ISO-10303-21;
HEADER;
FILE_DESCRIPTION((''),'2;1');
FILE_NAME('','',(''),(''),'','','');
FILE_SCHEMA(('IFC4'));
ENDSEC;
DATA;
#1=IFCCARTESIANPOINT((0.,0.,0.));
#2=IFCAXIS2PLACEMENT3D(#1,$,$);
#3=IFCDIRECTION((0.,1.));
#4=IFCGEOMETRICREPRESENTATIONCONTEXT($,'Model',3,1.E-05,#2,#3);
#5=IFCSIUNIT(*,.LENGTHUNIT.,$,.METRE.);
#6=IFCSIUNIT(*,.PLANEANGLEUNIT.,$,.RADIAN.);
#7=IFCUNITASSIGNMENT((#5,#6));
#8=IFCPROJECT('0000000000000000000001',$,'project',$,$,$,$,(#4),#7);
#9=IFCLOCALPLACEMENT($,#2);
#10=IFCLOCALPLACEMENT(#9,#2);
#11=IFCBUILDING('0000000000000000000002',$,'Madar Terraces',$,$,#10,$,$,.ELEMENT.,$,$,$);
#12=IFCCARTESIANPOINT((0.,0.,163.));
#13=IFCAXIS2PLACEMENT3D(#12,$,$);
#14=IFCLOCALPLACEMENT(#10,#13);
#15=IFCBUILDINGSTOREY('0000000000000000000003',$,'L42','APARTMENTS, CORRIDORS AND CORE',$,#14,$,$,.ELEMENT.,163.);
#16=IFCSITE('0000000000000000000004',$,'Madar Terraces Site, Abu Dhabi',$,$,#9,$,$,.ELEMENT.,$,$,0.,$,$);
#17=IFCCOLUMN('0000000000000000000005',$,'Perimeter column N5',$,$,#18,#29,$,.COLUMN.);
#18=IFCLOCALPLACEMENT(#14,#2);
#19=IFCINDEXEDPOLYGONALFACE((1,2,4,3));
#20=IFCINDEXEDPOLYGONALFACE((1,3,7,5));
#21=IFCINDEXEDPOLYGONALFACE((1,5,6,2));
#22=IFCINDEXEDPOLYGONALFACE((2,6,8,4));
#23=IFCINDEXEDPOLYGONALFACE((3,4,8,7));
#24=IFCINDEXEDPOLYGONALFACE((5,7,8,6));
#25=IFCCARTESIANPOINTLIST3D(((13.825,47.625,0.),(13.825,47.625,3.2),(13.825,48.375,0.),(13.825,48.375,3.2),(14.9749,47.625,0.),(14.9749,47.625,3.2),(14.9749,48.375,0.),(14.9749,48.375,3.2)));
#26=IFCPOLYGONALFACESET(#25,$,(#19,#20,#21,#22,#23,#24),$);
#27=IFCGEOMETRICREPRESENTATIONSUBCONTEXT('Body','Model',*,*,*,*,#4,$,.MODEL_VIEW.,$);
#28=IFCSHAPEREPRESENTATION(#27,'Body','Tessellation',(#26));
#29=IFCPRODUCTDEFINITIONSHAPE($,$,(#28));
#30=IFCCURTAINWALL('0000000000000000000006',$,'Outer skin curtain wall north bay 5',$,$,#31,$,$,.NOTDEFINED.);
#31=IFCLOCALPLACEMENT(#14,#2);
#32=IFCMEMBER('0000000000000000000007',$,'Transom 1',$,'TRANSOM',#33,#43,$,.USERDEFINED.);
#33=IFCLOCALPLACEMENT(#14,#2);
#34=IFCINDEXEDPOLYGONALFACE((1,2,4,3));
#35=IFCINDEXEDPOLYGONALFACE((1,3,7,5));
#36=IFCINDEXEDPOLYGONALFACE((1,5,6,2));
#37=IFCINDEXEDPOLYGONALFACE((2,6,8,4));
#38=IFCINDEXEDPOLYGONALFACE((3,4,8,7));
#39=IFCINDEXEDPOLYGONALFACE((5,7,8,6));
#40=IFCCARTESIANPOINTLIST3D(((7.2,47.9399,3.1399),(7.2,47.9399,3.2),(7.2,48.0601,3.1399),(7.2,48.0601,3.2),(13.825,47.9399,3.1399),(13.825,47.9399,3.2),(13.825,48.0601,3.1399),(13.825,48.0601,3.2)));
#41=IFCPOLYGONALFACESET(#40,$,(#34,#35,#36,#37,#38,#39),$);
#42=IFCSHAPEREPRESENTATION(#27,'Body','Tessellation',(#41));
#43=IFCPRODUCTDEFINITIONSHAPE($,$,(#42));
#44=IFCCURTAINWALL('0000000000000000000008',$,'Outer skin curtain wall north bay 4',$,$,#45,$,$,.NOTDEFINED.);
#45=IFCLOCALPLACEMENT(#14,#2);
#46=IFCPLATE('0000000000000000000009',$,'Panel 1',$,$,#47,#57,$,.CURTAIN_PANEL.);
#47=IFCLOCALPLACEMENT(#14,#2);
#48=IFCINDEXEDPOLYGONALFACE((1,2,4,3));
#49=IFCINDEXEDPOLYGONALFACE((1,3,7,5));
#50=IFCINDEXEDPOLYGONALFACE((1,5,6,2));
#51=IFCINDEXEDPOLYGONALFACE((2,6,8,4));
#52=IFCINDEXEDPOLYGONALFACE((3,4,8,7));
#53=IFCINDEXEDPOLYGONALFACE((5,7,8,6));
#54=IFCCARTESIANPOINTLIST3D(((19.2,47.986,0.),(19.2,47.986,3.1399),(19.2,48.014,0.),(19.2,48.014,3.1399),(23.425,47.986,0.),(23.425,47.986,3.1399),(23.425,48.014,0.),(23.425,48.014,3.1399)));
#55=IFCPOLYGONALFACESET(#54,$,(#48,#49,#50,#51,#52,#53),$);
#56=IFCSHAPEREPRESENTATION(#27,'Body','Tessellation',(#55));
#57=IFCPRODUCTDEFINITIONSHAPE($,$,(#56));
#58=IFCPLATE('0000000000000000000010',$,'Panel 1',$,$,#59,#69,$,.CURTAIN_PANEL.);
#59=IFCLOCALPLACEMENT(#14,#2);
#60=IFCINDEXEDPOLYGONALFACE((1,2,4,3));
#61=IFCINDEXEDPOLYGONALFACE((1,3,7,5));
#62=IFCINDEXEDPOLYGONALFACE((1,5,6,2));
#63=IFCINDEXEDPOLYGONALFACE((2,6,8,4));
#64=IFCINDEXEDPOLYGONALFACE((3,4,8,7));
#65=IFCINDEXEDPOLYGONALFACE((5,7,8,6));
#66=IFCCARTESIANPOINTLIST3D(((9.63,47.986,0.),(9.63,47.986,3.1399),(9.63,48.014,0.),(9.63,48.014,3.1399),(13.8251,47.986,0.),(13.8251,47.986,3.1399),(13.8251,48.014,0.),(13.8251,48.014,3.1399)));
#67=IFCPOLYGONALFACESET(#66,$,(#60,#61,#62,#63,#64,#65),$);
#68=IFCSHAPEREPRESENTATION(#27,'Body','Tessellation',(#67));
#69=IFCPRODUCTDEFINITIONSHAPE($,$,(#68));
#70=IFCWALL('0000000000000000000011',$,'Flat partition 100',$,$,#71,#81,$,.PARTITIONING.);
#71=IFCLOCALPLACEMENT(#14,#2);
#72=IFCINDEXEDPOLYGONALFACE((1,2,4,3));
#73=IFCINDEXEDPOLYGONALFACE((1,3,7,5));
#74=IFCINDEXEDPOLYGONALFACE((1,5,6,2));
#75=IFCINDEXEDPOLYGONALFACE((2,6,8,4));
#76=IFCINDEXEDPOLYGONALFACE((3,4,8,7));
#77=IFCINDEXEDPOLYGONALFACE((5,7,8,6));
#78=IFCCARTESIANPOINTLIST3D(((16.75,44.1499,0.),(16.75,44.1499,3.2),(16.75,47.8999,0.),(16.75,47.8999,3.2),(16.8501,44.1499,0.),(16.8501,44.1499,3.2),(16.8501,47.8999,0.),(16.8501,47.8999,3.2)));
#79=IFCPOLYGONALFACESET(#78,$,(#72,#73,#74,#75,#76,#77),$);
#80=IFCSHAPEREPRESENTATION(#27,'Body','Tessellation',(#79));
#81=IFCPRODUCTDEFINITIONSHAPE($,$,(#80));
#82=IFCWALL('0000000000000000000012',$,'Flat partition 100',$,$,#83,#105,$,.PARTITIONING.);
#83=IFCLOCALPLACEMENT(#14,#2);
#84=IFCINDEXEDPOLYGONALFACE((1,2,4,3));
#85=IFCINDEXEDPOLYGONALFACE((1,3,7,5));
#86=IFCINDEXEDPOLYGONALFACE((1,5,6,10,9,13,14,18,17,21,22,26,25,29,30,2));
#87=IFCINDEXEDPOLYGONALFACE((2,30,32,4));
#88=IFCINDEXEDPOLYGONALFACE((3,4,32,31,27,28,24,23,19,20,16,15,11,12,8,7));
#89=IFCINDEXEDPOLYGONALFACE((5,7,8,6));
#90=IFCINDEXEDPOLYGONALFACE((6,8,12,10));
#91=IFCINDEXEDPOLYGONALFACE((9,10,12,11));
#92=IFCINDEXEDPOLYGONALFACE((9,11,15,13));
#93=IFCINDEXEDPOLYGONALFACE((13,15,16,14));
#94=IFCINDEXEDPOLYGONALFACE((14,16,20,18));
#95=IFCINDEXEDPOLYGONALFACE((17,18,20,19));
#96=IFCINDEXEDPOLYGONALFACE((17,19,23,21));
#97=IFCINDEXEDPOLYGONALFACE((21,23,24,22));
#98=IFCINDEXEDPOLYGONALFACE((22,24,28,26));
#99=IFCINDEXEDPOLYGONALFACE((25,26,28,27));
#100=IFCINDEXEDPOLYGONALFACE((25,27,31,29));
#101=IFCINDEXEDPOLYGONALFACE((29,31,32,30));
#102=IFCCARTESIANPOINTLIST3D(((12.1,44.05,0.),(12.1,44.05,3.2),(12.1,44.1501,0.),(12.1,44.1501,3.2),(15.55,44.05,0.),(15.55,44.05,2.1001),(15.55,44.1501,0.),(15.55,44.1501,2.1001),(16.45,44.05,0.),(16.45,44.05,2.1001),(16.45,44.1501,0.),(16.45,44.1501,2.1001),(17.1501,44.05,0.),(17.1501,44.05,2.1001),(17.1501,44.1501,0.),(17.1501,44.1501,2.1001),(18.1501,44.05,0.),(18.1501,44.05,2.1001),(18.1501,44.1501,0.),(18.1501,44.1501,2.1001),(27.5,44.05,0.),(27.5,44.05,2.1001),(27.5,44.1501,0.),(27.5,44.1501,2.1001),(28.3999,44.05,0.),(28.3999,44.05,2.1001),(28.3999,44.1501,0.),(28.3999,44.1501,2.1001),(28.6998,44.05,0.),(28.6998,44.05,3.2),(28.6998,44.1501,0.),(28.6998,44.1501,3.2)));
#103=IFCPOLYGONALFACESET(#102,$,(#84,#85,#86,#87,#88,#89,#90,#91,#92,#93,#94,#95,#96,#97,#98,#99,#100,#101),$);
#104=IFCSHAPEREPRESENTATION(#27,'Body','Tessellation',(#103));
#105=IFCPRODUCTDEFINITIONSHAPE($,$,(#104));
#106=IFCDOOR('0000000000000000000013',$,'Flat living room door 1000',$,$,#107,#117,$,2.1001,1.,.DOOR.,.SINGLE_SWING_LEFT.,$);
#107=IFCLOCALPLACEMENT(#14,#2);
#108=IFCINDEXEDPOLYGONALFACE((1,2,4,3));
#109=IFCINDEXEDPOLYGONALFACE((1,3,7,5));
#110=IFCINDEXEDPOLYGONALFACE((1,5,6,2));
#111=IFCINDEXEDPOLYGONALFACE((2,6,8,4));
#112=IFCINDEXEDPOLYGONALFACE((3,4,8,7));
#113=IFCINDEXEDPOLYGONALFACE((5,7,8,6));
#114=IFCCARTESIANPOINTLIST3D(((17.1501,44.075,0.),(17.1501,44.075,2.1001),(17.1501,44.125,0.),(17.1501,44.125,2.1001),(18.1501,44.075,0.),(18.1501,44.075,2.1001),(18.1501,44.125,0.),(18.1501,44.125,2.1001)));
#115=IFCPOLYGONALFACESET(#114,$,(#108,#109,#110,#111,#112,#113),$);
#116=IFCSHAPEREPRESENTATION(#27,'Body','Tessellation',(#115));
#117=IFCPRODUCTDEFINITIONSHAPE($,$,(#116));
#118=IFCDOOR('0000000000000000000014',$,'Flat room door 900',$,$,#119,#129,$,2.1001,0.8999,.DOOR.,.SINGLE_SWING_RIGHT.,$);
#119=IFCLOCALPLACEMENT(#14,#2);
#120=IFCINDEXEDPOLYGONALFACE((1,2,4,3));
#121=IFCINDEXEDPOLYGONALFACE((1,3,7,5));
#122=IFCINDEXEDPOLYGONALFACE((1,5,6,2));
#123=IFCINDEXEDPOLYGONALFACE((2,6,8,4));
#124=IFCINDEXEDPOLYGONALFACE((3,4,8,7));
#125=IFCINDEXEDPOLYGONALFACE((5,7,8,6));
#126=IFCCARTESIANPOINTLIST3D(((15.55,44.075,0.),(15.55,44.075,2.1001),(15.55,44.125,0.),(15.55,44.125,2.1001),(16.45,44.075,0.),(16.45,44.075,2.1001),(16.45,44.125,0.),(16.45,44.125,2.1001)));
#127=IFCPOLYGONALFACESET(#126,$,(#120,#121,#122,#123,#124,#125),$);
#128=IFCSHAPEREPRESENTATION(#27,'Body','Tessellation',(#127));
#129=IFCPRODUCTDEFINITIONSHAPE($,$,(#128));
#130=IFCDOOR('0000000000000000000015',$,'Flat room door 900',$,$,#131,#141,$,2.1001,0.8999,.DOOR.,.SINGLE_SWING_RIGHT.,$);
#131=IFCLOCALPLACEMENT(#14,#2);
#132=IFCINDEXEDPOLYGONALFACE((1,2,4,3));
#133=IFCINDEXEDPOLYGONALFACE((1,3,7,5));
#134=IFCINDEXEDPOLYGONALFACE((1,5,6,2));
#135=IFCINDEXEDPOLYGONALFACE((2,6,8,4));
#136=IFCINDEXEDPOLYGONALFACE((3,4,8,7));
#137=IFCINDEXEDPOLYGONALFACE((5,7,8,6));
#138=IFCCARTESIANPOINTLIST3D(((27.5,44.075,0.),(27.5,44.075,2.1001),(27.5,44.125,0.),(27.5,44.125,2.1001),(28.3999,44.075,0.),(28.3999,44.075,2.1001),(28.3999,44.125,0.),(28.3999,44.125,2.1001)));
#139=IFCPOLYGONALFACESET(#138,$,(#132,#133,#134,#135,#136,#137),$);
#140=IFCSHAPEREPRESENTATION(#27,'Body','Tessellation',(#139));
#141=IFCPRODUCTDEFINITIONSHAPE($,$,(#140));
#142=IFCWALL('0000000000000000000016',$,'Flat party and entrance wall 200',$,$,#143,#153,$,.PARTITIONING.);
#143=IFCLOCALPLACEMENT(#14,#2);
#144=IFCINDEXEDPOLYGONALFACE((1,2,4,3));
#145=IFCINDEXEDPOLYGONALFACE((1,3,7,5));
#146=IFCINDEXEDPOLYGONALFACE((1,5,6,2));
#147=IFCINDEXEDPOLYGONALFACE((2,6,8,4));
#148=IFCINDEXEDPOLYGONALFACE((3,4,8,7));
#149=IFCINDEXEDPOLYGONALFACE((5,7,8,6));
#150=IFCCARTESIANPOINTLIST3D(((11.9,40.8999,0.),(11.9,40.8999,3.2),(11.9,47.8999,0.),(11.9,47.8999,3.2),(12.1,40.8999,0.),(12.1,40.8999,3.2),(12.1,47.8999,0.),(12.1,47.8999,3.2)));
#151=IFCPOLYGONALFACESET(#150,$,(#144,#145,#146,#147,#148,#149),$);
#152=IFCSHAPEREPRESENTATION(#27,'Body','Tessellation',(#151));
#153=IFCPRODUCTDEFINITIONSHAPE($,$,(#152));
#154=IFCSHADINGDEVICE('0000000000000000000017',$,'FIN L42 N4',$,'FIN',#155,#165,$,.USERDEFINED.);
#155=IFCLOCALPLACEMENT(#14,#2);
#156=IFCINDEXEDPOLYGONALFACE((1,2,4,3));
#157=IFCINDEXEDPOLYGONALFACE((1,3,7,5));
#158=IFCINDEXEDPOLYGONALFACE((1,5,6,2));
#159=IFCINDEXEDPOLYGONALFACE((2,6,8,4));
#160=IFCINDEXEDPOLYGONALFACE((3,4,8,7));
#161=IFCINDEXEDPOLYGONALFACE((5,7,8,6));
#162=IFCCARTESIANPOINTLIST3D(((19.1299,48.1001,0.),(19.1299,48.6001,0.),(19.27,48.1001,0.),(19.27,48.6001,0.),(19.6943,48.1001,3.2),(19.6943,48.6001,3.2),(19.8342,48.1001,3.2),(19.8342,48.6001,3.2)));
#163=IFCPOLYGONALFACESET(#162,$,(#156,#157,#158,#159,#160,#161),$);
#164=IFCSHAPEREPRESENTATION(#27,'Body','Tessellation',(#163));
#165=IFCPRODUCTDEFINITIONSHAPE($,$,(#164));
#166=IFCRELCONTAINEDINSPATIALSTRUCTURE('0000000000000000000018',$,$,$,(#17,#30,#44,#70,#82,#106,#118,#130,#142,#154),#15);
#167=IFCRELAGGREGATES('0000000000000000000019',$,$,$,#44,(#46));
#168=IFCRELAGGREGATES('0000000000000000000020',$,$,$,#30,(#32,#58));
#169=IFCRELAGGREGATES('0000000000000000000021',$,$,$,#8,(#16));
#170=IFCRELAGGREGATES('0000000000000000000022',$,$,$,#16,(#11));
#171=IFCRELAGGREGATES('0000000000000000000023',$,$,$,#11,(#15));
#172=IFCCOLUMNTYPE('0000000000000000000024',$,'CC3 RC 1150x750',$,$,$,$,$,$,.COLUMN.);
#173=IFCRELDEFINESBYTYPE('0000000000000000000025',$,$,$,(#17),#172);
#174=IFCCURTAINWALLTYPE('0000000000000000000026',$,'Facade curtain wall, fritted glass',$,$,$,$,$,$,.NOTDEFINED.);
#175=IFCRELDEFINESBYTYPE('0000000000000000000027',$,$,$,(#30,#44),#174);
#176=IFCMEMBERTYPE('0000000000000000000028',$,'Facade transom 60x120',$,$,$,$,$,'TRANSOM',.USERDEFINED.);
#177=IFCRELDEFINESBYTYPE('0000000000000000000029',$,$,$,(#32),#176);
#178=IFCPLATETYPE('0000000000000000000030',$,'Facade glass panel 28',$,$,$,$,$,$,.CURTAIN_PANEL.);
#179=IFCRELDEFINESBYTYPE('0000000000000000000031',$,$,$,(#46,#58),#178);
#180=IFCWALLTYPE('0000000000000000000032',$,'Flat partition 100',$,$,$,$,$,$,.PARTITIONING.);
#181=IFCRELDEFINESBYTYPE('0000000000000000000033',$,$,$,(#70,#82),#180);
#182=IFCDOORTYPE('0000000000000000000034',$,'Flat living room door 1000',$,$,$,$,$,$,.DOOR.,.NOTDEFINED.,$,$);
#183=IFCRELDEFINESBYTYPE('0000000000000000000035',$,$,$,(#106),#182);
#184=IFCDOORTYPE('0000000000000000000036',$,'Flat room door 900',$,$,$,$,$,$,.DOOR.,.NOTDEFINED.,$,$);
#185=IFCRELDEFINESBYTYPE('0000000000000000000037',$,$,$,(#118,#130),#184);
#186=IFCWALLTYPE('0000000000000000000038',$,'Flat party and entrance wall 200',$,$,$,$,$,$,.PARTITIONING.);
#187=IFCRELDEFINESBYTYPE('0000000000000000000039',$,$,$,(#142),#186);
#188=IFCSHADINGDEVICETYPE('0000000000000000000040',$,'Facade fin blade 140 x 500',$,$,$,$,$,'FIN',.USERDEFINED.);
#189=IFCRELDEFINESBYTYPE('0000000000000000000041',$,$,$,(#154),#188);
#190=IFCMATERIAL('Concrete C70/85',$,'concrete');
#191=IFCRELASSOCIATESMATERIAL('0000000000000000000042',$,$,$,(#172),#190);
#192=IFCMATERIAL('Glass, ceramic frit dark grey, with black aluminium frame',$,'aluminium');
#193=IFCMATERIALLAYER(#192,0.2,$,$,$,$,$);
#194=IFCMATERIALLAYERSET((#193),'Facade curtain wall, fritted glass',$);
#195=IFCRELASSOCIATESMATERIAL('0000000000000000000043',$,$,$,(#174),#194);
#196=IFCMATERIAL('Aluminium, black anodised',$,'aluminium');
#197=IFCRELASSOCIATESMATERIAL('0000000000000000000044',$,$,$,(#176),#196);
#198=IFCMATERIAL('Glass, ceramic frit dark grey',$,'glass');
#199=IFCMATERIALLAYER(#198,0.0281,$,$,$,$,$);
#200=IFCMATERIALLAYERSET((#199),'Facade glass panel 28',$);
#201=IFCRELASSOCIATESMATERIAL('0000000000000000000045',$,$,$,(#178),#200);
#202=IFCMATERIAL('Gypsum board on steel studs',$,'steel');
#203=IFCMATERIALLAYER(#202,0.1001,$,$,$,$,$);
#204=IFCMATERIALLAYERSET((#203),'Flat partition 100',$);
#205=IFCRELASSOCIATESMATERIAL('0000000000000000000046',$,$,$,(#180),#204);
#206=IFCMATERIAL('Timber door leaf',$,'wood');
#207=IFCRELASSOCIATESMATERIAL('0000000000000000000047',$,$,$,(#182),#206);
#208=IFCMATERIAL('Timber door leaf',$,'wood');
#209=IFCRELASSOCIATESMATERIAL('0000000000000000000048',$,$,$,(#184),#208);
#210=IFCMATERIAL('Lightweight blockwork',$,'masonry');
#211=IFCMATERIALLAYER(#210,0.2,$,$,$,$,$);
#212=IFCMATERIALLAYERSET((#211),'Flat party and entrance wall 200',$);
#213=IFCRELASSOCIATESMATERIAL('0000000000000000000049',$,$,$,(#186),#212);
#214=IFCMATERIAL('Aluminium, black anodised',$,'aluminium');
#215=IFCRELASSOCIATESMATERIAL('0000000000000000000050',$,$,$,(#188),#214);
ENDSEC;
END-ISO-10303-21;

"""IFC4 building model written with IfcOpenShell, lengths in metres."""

from ifc_helpers import new_model, si_unit, direction, frame, frame_2d, origin, origin_2d, place, context, subcontext, project, spatial, polyline, rectangle, outline, extrude, material, layer, layer_set, material_profile, profile_set, type_object, element, fill, aggregate, save


model = new_model("IFC4")

# Units and contexts
model_context = context("Model", 3, precision=1e-05, world=origin(), true_north=direction((0.0, 1.0)))
body_context = subcontext(model_context, "Body", "Model", "MODEL_VIEW")
ifc_project = project(units=[si_unit("LENGTHUNIT", "METRE"), si_unit("PLANEANGLEUNIT", "RADIAN")], contexts=[model_context])

# Site, building, storey
site_placement = place(None, origin())
site = spatial("IfcSite", under=ifc_project, at=site_placement, Name="Madar Terraces Site, Abu Dhabi", CompositionType="ELEMENT", RefElevation=0.0)
building_placement = place(site_placement, origin())
building = spatial("IfcBuilding", under=site, at=building_placement, Name="Madar Terraces", CompositionType="ELEMENT")
storey_placement = place(building_placement, frame((0.0, 0.0, 163.0)))
storey = spatial("IfcBuildingStorey", under=building, at=storey_placement, Name="L42", Description="APARTMENTS, CORRIDORS AND CORE", CompositionType="ELEMENT", Elevation=163.0)

# Column
ifc_material_1 = material(Name="Concrete C70/85", Category="concrete")
ifc_material_profile_1 = material_profile(ifc_material_1, rectangle(XDim=1.1499, YDim=0.75, at=origin_2d()), Name="CC3 RC 1150x750")
ifc_profile_set_1 = profile_set([ifc_material_profile_1], Name="Concrete C70/85")
column_type = type_object("IfcColumnType", Name="CC3 RC 1150x750", PredefinedType="COLUMN", material=ifc_profile_set_1)
column_placement = place(storey_placement, frame((14.3999, 48.0, 0.0), z_axis=(0.0, 0.0, 1.0), x_axis=(1.0, 0.0, 0.0)))
element("IfcColumn", 1, at=column_placement, inside=storey, type_object=column_type, Name="Perimeter column N5", PredefinedType="COLUMN", context=body_context, shape_type="SweptSolid", body=[
    extrude(rectangle(XDim=1.1499, YDim=0.75, at=origin_2d()), origin(), (0.0, 0.0, 1.0), 3.2),
])

# Curtain wall, member
ifc_material_2 = material(Name="Glass, ceramic frit dark grey, with black aluminium frame", Category="aluminium")
ifc_layer_1 = layer(ifc_material_2, 0.2)
ifc_layer_set_1 = layer_set([ifc_layer_1], Name="Facade curtain wall, fritted glass")
curtain_wall_type = type_object("IfcCurtainWallType", Name="Facade curtain wall, fritted glass", PredefinedType="NOTDEFINED", material=ifc_layer_set_1)
curtain_wall_1_placement = place(storey_placement, origin())
curtain_wall_1 = element("IfcCurtainWall", 2, at=curtain_wall_1_placement, inside=storey, type_object=curtain_wall_type, Name="Outer skin curtain wall north bay 5", PredefinedType="NOTDEFINED")
ifc_material_3 = material(Name="Aluminium, black anodised", Category="aluminium")
ifc_material_profile_2 = material_profile(ifc_material_3, rectangle(XDim=0.1201, YDim=0.0601, at=origin_2d()), Name="Facade transom 60x120")
ifc_profile_set_2 = profile_set([ifc_material_profile_2], Name="Aluminium, black anodised")
member_type = type_object("IfcMemberType", Name="Facade transom 60x120", ElementType="TRANSOM", PredefinedType="USERDEFINED", material=ifc_profile_set_2)
member_placement = place(storey_placement, frame((13.825, 48.0, 3.1699), z_axis=(-1.0, 0.0, 0.0), x_axis=(0.0, -1.0, 0.0)))
member = element("IfcMember", 3, at=member_placement, type_object=member_type, Name="Transom 1", ObjectType="TRANSOM", PredefinedType="USERDEFINED", context=body_context, shape_type="SweptSolid", body=[
    extrude(rectangle(XDim=0.1201, YDim=0.0601, at=origin_2d()), origin(), (0.0, 0.0, 1.0), 6.625),
])

# Curtain wall, plate
curtain_wall_2_placement = place(storey_placement, origin())
curtain_wall_2 = element("IfcCurtainWall", 4, at=curtain_wall_2_placement, inside=storey, type_object=curtain_wall_type, Name="Outer skin curtain wall north bay 4", PredefinedType="NOTDEFINED")
ifc_material_4 = material(Name="Glass, ceramic frit dark grey", Category="glass")
ifc_layer_2 = layer(ifc_material_4, 0.0281)
ifc_layer_set_2 = layer_set([ifc_layer_2], Name="Facade glass panel 28")
plate_type = type_object("IfcPlateType", Name="Facade glass panel 28", PredefinedType="CURTAIN_PANEL", material=ifc_layer_set_2)
plate_1_placement = place(storey_placement, frame((21.3125, 48.0, 0.0), z_axis=(0.0, 0.0, 1.0), x_axis=(-1.0, 0.0, 0.0)))
plate_1 = element("IfcPlate", 5, at=plate_1_placement, type_object=plate_type, Name="Panel 1", PredefinedType="CURTAIN_PANEL", context=body_context, shape_type="SweptSolid", body=[
    extrude(rectangle(XDim=4.2251, YDim=0.0281, at=origin_2d()), origin(), (0.0, 0.0, 1.0), 3.1399),
])
aggregate(curtain_wall_2, [plate_1])

# Plate
plate_2_placement = place(storey_placement, frame((11.7275, 48.0, 0.0), z_axis=(0.0, 0.0, 1.0), x_axis=(-1.0, 0.0, 0.0)))
plate_2 = element("IfcPlate", 6, at=plate_2_placement, type_object=plate_type, Name="Panel 1", PredefinedType="CURTAIN_PANEL", context=body_context, shape_type="SweptSolid", body=[
    extrude(rectangle(XDim=4.1951, YDim=0.0281, at=origin_2d()), origin(), (0.0, 0.0, 1.0), 3.1399),
])
aggregate(curtain_wall_1, [member, plate_2])

# Wall
ifc_material_5 = material(Name="Gypsum board on steel studs", Category="steel")
ifc_layer_3 = layer(ifc_material_5, 0.1001)
ifc_layer_set_3 = layer_set([ifc_layer_3], Name="Flat partition 100")
wall_type_1 = type_object("IfcWallType", Name="Flat partition 100", PredefinedType="PARTITIONING", material=ifc_layer_set_3)
wall_1_placement = place(storey_placement, frame((16.8, 44.1499, 0.0), z_axis=(0.0, 0.0, 1.0), x_axis=(0.0, 1.0, 0.0)))
element("IfcWall", 7, at=wall_1_placement, inside=storey, type_object=wall_type_1, Name="Flat partition 100", PredefinedType="PARTITIONING", context=body_context, shape_type="SweptSolid", body=[
    extrude(rectangle(XDim=3.75, YDim=0.1001, at=frame_2d((1.875, 0.0))), origin(), (0.0, 0.0, 1.0), 3.2),
])

# Wall, openings, doors
wall_2_placement = place(storey_placement, frame((12.1001, 44.1001, 0.0), z_axis=(0.0, 0.0, 1.0), x_axis=(1.0, 0.0, 0.0)))
wall_2 = element("IfcWall", 8, at=wall_2_placement, inside=storey, type_object=wall_type_1, Name="Flat partition 100", PredefinedType="PARTITIONING", context=body_context, shape_type="SweptSolid", body=[
    extrude(rectangle(XDim=16.5999, YDim=0.1001, at=frame_2d((8.2998, 0.0))), origin(), (0.0, 0.0, 1.0), 3.2),
])
opening_1_placement = place(wall_2_placement, frame((3.45, 0.0, 0.0)))
opening_1 = element("IfcOpeningElement", 9, at=opening_1_placement, cuts=wall_2, PredefinedType="OPENING", context=body_context, shape_type="SweptSolid", body=[
    extrude(rectangle(XDim=0.8999, YDim=2.1001, at=frame_2d((0.45, 1.05))), frame((0.0, 0.0601, 0.0), z_axis=(0.0, -1.0, 0.0), x_axis=(1.0, 0.0, 0.0)), (0.0, 0.0, 1.0), 0.1201),
])
opening_2_placement = place(wall_2_placement, frame((5.05, 0.0, 0.0)))
opening_2 = element("IfcOpeningElement", 10, at=opening_2_placement, cuts=wall_2, PredefinedType="OPENING", context=body_context, shape_type="SweptSolid", body=[
    extrude(rectangle(XDim=1.0, YDim=2.1001, at=frame_2d((0.5, 1.05))), frame((0.0, 0.0601, 0.0), z_axis=(0.0, -1.0, 0.0), x_axis=(1.0, 0.0, 0.0)), (0.0, 0.0, 1.0), 0.1201),
])
opening_3_placement = place(wall_2_placement, frame((15.3999, 0.0, 0.0)))
opening_3 = element("IfcOpeningElement", 11, at=opening_3_placement, cuts=wall_2, PredefinedType="OPENING", context=body_context, shape_type="SweptSolid", body=[
    extrude(rectangle(XDim=0.8999, YDim=2.1001, at=frame_2d((0.45, 1.05))), frame((0.0, 0.0601, 0.0), z_axis=(0.0, -1.0, 0.0), x_axis=(1.0, 0.0, 0.0)), (0.0, 0.0, 1.0), 0.1201),
])
ifc_material_6 = material(Name="Timber door leaf", Category="wood")
door_type_1 = type_object("IfcDoorType", Name="Flat living room door 1000", OperationType="NOTDEFINED", PredefinedType="DOOR", material=ifc_material_6)
door_1_placement = place(opening_2_placement, origin())
door_1 = element("IfcDoor", 12, at=door_1_placement, inside=storey, type_object=door_type_1, Name="Flat living room door 1000", OperationType="SINGLE_SWING_LEFT", OverallHeight=2.1001, OverallWidth=1.0, PredefinedType="DOOR", context=body_context, shape_type="SweptSolid", body=[
    extrude(rectangle(XDim=1.0, YDim=2.1001, at=frame_2d((0.5, 1.05))), frame((0.0, 0.0249, 0.0), z_axis=(0.0, -1.0, 0.0), x_axis=(1.0, 0.0, 0.0)), (0.0, 0.0, 1.0), 0.05),
])
fill(opening_2, door_1)
ifc_material_7 = material(Name="Timber door leaf", Category="wood")
door_type_2 = type_object("IfcDoorType", Name="Flat room door 900", OperationType="NOTDEFINED", PredefinedType="DOOR", material=ifc_material_7)
door_2_placement = place(opening_1_placement, origin())
door_2 = element("IfcDoor", 13, at=door_2_placement, inside=storey, type_object=door_type_2, Name="Flat room door 900", OperationType="SINGLE_SWING_RIGHT", OverallHeight=2.1001, OverallWidth=0.8999, PredefinedType="DOOR", context=body_context, shape_type="SweptSolid", body=[
    extrude(rectangle(XDim=0.8999, YDim=2.1001, at=frame_2d((0.45, 1.05))), frame((0.0, 0.0249, 0.0), z_axis=(0.0, -1.0, 0.0), x_axis=(1.0, 0.0, 0.0)), (0.0, 0.0, 1.0), 0.05),
])
fill(opening_1, door_2)
door_3_placement = place(opening_3_placement, origin())
door_3 = element("IfcDoor", 14, at=door_3_placement, inside=storey, type_object=door_type_2, Name="Flat room door 900", OperationType="SINGLE_SWING_RIGHT", OverallHeight=2.1001, OverallWidth=0.8999, PredefinedType="DOOR", context=body_context, shape_type="SweptSolid", body=[
    extrude(rectangle(XDim=0.8999, YDim=2.1001, at=frame_2d((0.45, 1.05))), frame((0.0, 0.0249, 0.0), z_axis=(0.0, -1.0, 0.0), x_axis=(1.0, 0.0, 0.0)), (0.0, 0.0, 1.0), 0.05),
])
fill(opening_3, door_3)

# Wall
ifc_material_8 = material(Name="Lightweight blockwork", Category="masonry")
ifc_layer_4 = layer(ifc_material_8, 0.2)
ifc_layer_set_4 = layer_set([ifc_layer_4], Name="Flat party and entrance wall 200")
wall_type_2 = type_object("IfcWallType", Name="Flat party and entrance wall 200", PredefinedType="PARTITIONING", material=ifc_layer_set_4)
wall_3_placement = place(storey_placement, frame((12.0, 47.8999, 0.0), z_axis=(0.0, 0.0, 1.0), x_axis=(0.0, -1.0, 0.0)))
element("IfcWall", 15, at=wall_3_placement, inside=storey, type_object=wall_type_2, Name="Flat party and entrance wall 200", PredefinedType="PARTITIONING", context=body_context, shape_type="SweptSolid", body=[
    extrude(rectangle(XDim=7.0, YDim=0.2, at=frame_2d((3.5, 0.0))), origin(), (0.0, 0.0, 1.0), 3.2),
])

# Shading device
ifc_material_9 = material(Name="Aluminium, black anodised", Category="aluminium")
shading_device_type = type_object("IfcShadingDeviceType", Name="Facade fin blade 140 x 500", ElementType="FIN", PredefinedType="USERDEFINED", material=ifc_material_9)
shading_device_1_placement = place(storey_placement, frame((19.27, 48.3501, 0.0), z_axis=(0.0, 0.0, 1.0), x_axis=(-1.0, 0.0, 0.0)))
element("IfcShadingDevice", 16, at=shading_device_1_placement, inside=storey, type_object=shading_device_type, Name="FIN L42 N4", ObjectType="FIN", PredefinedType="USERDEFINED", context=body_context, shape_type="SweptSolid", body=[
    extrude(outline(polyline([(0.0, 0.0), (0.1401, 0.0), (-0.4243, 3.2), (-0.5642, 3.2), (0.0, 0.0)])), frame((0.0, 0.25, 0.0), z_axis=(0.0, -1.0, 0.0), x_axis=(1.0, 0.0, 0.0)), (0.0, 0.0, 1.0), 0.5),
])

save(model, "model.ifc")
